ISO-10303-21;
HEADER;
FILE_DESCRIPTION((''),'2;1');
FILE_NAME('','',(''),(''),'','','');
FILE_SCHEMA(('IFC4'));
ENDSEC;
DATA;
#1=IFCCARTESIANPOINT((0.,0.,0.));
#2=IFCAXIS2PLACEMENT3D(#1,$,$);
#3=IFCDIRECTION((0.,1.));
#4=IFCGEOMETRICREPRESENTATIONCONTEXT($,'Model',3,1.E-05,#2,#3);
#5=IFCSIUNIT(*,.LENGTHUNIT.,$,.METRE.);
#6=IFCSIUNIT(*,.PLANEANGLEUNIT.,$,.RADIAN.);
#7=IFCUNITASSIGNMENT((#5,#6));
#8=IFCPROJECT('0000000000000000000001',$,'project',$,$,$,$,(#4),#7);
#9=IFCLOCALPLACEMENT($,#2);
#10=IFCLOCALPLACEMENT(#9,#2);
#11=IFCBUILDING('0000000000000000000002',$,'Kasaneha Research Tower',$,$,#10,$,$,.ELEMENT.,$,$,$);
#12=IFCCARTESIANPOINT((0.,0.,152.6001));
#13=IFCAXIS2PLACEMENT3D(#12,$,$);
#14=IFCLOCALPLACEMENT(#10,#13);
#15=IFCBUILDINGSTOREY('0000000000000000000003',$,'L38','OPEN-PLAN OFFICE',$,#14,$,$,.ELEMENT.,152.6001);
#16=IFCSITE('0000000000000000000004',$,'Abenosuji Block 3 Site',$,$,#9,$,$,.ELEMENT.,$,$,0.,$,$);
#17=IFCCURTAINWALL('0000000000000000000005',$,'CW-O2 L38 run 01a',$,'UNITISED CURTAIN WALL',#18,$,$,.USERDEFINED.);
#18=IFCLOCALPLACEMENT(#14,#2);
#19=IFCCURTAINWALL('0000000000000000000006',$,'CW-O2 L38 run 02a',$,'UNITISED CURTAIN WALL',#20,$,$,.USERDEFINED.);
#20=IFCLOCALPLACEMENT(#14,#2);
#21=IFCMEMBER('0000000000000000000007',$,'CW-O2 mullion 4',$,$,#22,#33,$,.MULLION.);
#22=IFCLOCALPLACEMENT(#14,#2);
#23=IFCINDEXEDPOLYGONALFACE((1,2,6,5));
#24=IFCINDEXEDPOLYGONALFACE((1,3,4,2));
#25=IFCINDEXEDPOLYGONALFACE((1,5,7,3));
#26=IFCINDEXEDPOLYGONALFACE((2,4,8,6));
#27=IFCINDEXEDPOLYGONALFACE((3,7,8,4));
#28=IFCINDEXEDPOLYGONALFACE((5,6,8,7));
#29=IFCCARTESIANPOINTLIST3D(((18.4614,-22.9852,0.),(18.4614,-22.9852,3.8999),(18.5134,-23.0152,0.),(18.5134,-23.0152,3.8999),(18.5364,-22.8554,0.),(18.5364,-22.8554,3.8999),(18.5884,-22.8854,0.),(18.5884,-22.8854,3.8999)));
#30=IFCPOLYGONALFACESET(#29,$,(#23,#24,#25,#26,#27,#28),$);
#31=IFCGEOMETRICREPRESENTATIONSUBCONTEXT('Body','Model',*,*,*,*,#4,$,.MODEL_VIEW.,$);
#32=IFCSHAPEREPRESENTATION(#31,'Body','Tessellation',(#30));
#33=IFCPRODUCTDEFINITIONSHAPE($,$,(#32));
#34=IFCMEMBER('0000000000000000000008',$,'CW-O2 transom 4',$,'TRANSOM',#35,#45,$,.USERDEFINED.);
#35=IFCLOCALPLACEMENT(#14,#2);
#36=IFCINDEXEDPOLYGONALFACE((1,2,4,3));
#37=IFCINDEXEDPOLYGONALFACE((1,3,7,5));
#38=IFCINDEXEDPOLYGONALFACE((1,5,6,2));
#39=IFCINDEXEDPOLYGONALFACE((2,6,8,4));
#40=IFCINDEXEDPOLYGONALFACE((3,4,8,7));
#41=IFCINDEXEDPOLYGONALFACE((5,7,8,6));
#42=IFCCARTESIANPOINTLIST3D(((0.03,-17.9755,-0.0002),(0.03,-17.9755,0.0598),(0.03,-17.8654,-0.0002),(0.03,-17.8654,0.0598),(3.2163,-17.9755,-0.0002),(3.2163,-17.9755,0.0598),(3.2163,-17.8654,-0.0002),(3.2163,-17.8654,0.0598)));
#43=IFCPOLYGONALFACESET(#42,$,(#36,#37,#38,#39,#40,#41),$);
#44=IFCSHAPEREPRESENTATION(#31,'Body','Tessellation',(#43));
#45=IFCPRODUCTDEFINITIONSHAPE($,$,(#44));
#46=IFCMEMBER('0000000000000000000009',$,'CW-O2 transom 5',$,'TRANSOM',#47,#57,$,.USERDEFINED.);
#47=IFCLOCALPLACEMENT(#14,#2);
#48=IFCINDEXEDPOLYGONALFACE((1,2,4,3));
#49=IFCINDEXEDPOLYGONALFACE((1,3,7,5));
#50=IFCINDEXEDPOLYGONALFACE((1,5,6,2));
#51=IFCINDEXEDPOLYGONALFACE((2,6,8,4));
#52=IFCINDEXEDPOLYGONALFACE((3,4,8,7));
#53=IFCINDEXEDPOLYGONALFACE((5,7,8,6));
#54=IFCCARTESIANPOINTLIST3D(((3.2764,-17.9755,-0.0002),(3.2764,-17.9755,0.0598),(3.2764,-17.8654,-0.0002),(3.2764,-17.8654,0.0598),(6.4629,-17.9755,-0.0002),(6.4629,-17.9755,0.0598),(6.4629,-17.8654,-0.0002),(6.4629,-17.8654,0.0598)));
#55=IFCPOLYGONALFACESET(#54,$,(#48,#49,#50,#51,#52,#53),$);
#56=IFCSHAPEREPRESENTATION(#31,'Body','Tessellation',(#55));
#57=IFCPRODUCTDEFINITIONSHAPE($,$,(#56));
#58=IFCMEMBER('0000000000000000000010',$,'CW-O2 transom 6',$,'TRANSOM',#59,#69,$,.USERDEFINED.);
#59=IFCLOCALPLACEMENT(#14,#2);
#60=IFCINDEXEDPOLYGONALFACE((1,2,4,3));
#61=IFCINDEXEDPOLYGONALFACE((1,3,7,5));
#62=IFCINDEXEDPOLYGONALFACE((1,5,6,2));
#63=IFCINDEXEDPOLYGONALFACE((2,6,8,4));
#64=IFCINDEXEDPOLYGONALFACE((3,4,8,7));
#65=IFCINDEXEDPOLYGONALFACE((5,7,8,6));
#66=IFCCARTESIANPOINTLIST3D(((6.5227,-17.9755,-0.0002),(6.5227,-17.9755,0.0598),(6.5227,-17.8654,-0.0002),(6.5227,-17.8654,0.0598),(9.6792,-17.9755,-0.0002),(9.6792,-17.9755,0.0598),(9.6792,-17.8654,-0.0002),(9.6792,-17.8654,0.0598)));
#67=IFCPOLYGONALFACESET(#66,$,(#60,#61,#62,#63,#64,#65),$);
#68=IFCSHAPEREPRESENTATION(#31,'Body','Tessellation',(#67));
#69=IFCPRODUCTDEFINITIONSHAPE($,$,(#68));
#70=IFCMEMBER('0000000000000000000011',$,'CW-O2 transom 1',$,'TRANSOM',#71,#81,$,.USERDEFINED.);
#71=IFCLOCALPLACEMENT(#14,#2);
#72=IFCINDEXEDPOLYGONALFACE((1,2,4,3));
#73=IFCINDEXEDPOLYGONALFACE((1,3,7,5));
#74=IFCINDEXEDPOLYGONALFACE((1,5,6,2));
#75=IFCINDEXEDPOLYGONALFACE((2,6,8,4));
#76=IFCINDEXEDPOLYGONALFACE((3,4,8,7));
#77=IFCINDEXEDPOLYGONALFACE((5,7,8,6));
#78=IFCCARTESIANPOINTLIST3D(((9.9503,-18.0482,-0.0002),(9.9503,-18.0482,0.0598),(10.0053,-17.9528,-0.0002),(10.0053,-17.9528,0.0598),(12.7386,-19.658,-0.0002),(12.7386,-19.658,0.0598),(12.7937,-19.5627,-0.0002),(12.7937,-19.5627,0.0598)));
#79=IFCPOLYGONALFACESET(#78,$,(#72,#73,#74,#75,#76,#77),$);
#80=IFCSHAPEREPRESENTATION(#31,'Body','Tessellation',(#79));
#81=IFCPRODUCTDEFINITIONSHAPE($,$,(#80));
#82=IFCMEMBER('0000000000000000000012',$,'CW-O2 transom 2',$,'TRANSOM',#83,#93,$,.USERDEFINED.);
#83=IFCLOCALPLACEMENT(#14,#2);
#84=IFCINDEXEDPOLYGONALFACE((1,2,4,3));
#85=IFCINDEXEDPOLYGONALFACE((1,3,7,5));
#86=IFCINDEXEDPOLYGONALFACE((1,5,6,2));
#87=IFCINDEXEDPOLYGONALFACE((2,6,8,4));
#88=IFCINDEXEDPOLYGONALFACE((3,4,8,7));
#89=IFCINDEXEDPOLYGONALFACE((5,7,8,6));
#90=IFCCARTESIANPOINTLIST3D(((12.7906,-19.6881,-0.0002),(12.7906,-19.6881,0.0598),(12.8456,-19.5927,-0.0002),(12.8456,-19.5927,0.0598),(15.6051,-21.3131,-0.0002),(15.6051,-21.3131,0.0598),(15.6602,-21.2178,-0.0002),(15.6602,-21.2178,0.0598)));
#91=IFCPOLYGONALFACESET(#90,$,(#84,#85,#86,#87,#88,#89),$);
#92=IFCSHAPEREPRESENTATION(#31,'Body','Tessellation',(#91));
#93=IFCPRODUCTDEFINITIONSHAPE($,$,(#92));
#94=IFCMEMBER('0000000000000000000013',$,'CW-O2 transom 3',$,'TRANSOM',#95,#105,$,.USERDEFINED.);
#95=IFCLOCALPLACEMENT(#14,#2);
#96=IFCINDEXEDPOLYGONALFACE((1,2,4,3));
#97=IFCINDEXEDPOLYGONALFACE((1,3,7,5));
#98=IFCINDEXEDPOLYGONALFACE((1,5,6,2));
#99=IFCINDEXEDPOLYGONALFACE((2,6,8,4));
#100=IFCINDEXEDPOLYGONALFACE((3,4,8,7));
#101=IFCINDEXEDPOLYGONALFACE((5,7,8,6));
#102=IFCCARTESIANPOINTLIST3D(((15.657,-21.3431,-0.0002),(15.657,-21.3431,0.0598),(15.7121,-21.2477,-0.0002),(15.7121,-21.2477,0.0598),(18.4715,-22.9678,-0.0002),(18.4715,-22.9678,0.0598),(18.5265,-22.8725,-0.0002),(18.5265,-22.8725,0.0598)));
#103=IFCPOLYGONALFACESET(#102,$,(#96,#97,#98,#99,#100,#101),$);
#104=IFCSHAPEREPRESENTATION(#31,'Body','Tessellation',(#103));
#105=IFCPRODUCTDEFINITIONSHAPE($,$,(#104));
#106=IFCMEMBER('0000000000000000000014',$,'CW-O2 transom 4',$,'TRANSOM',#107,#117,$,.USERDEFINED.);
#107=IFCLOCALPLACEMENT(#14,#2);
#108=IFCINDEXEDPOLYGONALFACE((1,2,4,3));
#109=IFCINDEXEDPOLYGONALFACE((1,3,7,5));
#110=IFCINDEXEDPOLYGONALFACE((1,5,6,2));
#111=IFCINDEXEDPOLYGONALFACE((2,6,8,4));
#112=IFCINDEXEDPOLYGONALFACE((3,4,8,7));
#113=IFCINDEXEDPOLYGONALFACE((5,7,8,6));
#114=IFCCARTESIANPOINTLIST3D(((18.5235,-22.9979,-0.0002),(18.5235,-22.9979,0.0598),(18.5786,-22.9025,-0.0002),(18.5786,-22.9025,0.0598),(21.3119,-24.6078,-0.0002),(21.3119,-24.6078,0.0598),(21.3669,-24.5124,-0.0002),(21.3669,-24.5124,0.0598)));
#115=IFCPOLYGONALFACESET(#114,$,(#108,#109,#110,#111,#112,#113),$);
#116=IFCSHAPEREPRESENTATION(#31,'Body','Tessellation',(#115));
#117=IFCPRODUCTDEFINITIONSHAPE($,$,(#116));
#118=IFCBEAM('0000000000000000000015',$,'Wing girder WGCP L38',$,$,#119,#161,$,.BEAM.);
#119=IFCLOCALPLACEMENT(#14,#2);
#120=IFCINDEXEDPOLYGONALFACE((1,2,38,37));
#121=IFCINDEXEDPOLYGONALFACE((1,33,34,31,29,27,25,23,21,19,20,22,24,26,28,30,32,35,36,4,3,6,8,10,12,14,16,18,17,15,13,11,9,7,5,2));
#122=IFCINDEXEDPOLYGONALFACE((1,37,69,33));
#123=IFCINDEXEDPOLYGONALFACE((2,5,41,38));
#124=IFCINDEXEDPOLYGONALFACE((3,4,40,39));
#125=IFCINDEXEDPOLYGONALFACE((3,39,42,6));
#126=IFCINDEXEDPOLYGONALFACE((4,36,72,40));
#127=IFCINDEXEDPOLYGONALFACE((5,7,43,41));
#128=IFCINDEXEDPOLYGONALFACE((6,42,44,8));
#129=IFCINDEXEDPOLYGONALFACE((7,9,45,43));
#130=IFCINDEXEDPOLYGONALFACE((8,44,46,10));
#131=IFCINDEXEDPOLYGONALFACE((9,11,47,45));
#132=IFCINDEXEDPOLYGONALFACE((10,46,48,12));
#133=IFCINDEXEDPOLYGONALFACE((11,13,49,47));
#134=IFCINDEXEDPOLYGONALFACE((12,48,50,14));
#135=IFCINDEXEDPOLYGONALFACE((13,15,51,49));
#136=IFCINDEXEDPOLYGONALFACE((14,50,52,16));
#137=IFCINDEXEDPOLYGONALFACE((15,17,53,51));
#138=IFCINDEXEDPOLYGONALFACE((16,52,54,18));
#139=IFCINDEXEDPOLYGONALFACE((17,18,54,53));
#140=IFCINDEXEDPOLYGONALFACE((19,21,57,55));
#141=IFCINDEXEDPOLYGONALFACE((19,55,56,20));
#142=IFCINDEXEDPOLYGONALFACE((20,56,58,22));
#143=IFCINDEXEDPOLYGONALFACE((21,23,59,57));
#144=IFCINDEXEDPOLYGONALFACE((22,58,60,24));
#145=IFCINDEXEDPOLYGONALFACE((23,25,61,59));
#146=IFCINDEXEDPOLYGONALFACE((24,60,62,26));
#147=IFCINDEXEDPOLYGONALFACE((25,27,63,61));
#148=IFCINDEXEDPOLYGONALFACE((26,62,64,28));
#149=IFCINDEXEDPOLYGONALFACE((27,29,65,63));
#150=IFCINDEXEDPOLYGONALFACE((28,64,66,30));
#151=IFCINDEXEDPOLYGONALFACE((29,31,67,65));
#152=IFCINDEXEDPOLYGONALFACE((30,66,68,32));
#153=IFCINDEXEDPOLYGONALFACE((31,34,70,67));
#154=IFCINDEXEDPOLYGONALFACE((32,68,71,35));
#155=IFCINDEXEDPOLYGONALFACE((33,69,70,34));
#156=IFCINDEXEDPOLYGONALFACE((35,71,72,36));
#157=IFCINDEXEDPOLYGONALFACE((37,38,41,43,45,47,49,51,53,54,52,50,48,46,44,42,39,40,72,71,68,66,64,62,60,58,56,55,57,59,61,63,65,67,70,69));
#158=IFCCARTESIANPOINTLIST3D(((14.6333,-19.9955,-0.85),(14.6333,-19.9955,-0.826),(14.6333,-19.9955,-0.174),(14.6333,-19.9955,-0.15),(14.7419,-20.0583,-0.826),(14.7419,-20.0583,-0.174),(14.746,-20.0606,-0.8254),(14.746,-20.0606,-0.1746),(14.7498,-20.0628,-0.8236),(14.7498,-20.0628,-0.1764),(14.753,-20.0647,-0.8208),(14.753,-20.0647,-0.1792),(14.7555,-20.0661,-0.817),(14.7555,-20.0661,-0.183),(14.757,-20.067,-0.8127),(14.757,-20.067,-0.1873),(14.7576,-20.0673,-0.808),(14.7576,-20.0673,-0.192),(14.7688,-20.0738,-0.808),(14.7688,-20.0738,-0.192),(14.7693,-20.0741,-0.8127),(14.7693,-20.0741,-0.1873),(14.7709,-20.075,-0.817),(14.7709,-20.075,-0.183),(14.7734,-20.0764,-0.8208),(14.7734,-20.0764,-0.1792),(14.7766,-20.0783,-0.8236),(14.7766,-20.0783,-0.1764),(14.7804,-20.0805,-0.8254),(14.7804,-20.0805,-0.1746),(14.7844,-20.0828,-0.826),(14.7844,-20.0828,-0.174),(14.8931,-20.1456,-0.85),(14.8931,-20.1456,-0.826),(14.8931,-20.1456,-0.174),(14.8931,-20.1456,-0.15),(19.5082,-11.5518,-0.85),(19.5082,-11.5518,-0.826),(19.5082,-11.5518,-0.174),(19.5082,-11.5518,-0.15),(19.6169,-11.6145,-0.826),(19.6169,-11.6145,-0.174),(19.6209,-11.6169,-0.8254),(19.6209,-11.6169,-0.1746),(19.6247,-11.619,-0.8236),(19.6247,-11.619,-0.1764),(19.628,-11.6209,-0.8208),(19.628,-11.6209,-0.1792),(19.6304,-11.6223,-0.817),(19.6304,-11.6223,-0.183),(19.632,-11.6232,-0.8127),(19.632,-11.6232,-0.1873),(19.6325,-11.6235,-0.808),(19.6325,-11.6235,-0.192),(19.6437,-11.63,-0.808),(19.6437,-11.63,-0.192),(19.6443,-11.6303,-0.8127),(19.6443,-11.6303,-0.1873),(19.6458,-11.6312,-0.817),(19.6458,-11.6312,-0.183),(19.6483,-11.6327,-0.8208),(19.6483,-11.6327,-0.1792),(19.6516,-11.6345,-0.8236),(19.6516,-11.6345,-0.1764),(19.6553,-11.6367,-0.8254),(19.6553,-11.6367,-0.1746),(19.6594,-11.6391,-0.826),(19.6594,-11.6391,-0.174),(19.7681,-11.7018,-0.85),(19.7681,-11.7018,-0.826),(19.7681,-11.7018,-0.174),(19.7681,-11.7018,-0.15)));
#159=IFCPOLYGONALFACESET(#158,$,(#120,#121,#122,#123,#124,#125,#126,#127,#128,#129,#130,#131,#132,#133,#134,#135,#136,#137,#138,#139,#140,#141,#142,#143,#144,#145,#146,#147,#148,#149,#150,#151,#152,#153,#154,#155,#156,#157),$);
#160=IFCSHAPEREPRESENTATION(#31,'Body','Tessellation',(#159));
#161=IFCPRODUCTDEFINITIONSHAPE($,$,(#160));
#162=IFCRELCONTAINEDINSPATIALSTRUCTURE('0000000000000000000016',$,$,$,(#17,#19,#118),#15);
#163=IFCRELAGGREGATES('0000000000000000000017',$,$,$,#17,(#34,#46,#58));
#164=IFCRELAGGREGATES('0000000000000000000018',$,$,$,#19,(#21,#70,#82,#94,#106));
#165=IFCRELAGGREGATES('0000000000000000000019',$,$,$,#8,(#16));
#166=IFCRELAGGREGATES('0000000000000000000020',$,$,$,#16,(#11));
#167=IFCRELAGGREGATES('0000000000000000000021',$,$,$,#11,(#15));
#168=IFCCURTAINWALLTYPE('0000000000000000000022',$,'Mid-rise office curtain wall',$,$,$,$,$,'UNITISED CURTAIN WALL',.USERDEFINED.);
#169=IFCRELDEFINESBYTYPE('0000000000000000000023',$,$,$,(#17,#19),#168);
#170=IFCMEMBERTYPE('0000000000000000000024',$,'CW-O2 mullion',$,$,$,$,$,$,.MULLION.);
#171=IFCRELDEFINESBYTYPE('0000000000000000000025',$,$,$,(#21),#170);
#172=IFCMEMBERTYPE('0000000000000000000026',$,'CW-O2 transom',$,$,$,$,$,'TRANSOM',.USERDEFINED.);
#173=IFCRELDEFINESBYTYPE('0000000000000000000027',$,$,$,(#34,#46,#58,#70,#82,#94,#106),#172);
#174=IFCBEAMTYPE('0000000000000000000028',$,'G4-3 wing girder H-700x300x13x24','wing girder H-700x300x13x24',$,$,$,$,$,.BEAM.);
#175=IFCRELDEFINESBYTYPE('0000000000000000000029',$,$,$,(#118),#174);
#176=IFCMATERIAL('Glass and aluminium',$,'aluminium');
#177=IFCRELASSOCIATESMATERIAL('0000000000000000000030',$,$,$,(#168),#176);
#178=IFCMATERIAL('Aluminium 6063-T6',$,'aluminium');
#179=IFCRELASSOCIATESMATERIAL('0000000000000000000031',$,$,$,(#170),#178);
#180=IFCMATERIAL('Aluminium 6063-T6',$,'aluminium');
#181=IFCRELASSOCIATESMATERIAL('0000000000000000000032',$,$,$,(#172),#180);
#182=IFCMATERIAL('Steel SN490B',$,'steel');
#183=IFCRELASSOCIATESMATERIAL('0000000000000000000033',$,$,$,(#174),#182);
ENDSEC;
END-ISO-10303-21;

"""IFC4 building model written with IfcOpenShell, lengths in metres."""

from ifc_helpers import new_model, si_unit, direction, frame, origin, origin_2d, place, context, subcontext, project, spatial, rectangle, i_section, extrude, material, material_profile, profile_set, type_object, element, aggregate, save


model = new_model("IFC4")

# Units and contexts
model_context = context("Model", 3, precision=1e-05, world=origin(), true_north=direction((0.0, 1.0)))
body_context = subcontext(model_context, "Body", "Model", "MODEL_VIEW")
ifc_project = project(units=[si_unit("LENGTHUNIT", "METRE"), si_unit("PLANEANGLEUNIT", "RADIAN")], contexts=[model_context])

# Site, building, storey
site_placement = place(None, origin())
site = spatial("IfcSite", under=ifc_project, at=site_placement, Name="Abenosuji Block 3 Site", CompositionType="ELEMENT", RefElevation=0.0)
building_placement = place(site_placement, origin())
building = spatial("IfcBuilding", under=site, at=building_placement, Name="Kasaneha Research Tower", CompositionType="ELEMENT")
storey_placement = place(building_placement, frame((0.0, 0.0, 152.6001)))
storey = spatial("IfcBuildingStorey", under=building, at=storey_placement, Name="L38", Description="OPEN-PLAN OFFICE", CompositionType="ELEMENT", Elevation=152.6001)

# Curtain walls, member
ifc_material_1 = material(Name="Glass and aluminium", Category="aluminium")
curtain_wall_type = type_object("IfcCurtainWallType", Name="Mid-rise office curtain wall", ElementType="UNITISED CURTAIN WALL", PredefinedType="USERDEFINED", material=ifc_material_1)
curtain_wall_1_placement = place(storey_placement, origin())
curtain_wall_1 = element("IfcCurtainWall", 1, at=curtain_wall_1_placement, inside=storey, type_object=curtain_wall_type, Name="CW-O2 L38 run 01a", ObjectType="UNITISED CURTAIN WALL", PredefinedType="USERDEFINED")
ifc_material_2 = material(Name="Aluminium 6063-T6", Category="aluminium")
ifc_material_profile_1 = material_profile(ifc_material_2, rectangle(XDim=0.0601, YDim=0.1499, at=origin_2d()), Name="CW-O2 mullion 60x150")
ifc_profile_set_1 = profile_set([ifc_material_profile_1], Name="Aluminium 6063-T6")
member_type_1 = type_object("IfcMemberType", Name="CW-O2 mullion", PredefinedType="MULLION", material=ifc_profile_set_1)
curtain_wall_2_placement = place(storey_placement, origin())
curtain_wall_2 = element("IfcCurtainWall", 2, at=curtain_wall_2_placement, inside=storey, type_object=curtain_wall_type, Name="CW-O2 L38 run 02a", ObjectType="UNITISED CURTAIN WALL", PredefinedType="USERDEFINED")
member_1_placement = place(storey_placement, frame((18.5249, -22.9353, 0.0), z_axis=(0.0, 0.0, 1.0), x_axis=(0.866025, -0.5, 0.0)))
member_1 = element("IfcMember", 3, at=member_1_placement, type_object=member_type_1, Name="CW-O2 mullion 4", PredefinedType="MULLION", context=body_context, shape_type="SweptSolid", body=[
    extrude(rectangle(XDim=0.0601, YDim=0.1499, at=origin_2d()), origin(), (0.0, 0.0, 1.0), 3.8999),
])

# Members
ifc_material_3 = material(Name="Aluminium 6063-T6", Category="aluminium")
ifc_material_profile_2 = material_profile(ifc_material_3, rectangle(XDim=0.1101, YDim=0.0601, at=origin_2d()), Name="CW-O2 transom 110x60")
ifc_profile_set_2 = profile_set([ifc_material_profile_2], Name="Aluminium 6063-T6")
member_type_2 = type_object("IfcMemberType", Name="CW-O2 transom", ElementType="TRANSOM", PredefinedType="USERDEFINED", material=ifc_profile_set_2)
member_2_placement = place(storey_placement, frame((0.03, -17.9204, 0.0298), z_axis=(1.0, 0.0, 0.0), x_axis=(0.0, 1.0, 0.0)))
member_2 = element("IfcMember", 4, at=member_2_placement, type_object=member_type_2, Name="CW-O2 transom 4", ObjectType="TRANSOM", PredefinedType="USERDEFINED", context=body_context, shape_type="SweptSolid", body=[
    extrude(rectangle(XDim=0.1101, YDim=0.0601, at=origin_2d()), origin(), (0.0, 0.0, 1.0), 3.1863),
])
member_3_placement = place(storey_placement, frame((3.2764, -17.9204, 0.0298), z_axis=(1.0, 0.0, 0.0), x_axis=(0.0, 1.0, 0.0)))
member_3 = element("IfcMember", 5, at=member_3_placement, type_object=member_type_2, Name="CW-O2 transom 5", ObjectType="TRANSOM", PredefinedType="USERDEFINED", context=body_context, shape_type="SweptSolid", body=[
    extrude(rectangle(XDim=0.1101, YDim=0.0601, at=origin_2d()), origin(), (0.0, 0.0, 1.0), 3.1865),
])
member_4_placement = place(storey_placement, frame((6.5227, -17.9204, 0.0298), z_axis=(1.0, 0.0, 0.0), x_axis=(0.0, 1.0, 0.0)))
member_4 = element("IfcMember", 6, at=member_4_placement, type_object=member_type_2, Name="CW-O2 transom 6", ObjectType="TRANSOM", PredefinedType="USERDEFINED", context=body_context, shape_type="SweptSolid", body=[
    extrude(rectangle(XDim=0.1101, YDim=0.0601, at=origin_2d()), origin(), (0.0, 0.0, 1.0), 3.1565),
])
member_5_placement = place(storey_placement, frame((9.9778, -18.0005, 0.0298), z_axis=(0.866023, -0.500005, 0.0), x_axis=(0.500005, 0.866023, 0.0)))
member_5 = element("IfcMember", 7, at=member_5_placement, type_object=member_type_2, Name="CW-O2 transom 1", ObjectType="TRANSOM", PredefinedType="USERDEFINED", context=body_context, shape_type="SweptSolid", body=[
    extrude(rectangle(XDim=0.1101, YDim=0.0601, at=origin_2d()), origin(), (0.0, 0.0, 1.0), 3.2197),
])
member_6_placement = place(storey_placement, frame((12.8181, -19.6404, 0.0298), z_axis=(0.866015, -0.500017, 0.0), x_axis=(0.500017, 0.866015, 0.0)))
member_6 = element("IfcMember", 8, at=member_6_placement, type_object=member_type_2, Name="CW-O2 transom 2", ObjectType="TRANSOM", PredefinedType="USERDEFINED", context=body_context, shape_type="SweptSolid", body=[
    extrude(rectangle(XDim=0.1101, YDim=0.0601, at=origin_2d()), origin(), (0.0, 0.0, 1.0), 3.25),
])
member_7_placement = place(storey_placement, frame((15.6846, -21.2954, 0.0298), z_axis=(0.866048, -0.499961, 0.0), x_axis=(0.499961, 0.866048, 0.0)))
member_7 = element("IfcMember", 9, at=member_7_placement, type_object=member_type_2, Name="CW-O2 transom 3", ObjectType="TRANSOM", PredefinedType="USERDEFINED", context=body_context, shape_type="SweptSolid", body=[
    extrude(rectangle(XDim=0.1101, YDim=0.0601, at=origin_2d()), origin(), (0.0, 0.0, 1.0), 3.2498),
])
member_8_placement = place(storey_placement, frame((18.551, -22.9502, 0.0298), z_axis=(0.866023, -0.500005, 0.0), x_axis=(0.500005, 0.866023, 0.0)))
member_8 = element("IfcMember", 10, at=member_8_placement, type_object=member_type_2, Name="CW-O2 transom 4", ObjectType="TRANSOM", PredefinedType="USERDEFINED", context=body_context, shape_type="SweptSolid", body=[
    extrude(rectangle(XDim=0.1101, YDim=0.0601, at=origin_2d()), origin(), (0.0, 0.0, 1.0), 3.2197),
])

# Beam
ifc_material_4 = material(Name="Steel SN490B", Category="steel")
ifc_material_profile_3 = material_profile(ifc_material_4, i_section(OverallWidth=0.3, OverallDepth=0.7, WebThickness=0.0129, FlangeThickness=0.0239, FilletRadius=0.0181, at=origin_2d()), Name="H-700x300x13x24")
ifc_profile_set_3 = profile_set([ifc_material_profile_3], Name="Steel SN490B")
beam_type_1 = type_object("IfcBeamType", Name="G4-3 wing girder H-700x300x13x24", Description="wing girder H-700x300x13x24", PredefinedType="BEAM", material=ifc_profile_set_3)
beam_1_placement = place(storey_placement, frame((14.7632, -20.0706, -0.5), z_axis=(0.499996, 0.866028, 0.0), x_axis=(-0.866028, 0.499996, 0.0)))
element("IfcBeam", 11, at=beam_1_placement, inside=storey, type_object=beam_type_1, Name="Wing girder WGCP L38", PredefinedType="BEAM", context=body_context, shape_type="SweptSolid", body=[
    extrude(i_section(OverallWidth=0.3, OverallDepth=0.7, WebThickness=0.0129, FlangeThickness=0.0239, FilletRadius=0.0181, at=origin_2d()), origin(), (0.0, 0.0, 1.0), 9.75),
])

aggregate(curtain_wall_1, [member_2, member_3, member_4])
aggregate(curtain_wall_2, [member_1, member_5, member_6, member_7, member_8])

save(model, "model.ifc")
